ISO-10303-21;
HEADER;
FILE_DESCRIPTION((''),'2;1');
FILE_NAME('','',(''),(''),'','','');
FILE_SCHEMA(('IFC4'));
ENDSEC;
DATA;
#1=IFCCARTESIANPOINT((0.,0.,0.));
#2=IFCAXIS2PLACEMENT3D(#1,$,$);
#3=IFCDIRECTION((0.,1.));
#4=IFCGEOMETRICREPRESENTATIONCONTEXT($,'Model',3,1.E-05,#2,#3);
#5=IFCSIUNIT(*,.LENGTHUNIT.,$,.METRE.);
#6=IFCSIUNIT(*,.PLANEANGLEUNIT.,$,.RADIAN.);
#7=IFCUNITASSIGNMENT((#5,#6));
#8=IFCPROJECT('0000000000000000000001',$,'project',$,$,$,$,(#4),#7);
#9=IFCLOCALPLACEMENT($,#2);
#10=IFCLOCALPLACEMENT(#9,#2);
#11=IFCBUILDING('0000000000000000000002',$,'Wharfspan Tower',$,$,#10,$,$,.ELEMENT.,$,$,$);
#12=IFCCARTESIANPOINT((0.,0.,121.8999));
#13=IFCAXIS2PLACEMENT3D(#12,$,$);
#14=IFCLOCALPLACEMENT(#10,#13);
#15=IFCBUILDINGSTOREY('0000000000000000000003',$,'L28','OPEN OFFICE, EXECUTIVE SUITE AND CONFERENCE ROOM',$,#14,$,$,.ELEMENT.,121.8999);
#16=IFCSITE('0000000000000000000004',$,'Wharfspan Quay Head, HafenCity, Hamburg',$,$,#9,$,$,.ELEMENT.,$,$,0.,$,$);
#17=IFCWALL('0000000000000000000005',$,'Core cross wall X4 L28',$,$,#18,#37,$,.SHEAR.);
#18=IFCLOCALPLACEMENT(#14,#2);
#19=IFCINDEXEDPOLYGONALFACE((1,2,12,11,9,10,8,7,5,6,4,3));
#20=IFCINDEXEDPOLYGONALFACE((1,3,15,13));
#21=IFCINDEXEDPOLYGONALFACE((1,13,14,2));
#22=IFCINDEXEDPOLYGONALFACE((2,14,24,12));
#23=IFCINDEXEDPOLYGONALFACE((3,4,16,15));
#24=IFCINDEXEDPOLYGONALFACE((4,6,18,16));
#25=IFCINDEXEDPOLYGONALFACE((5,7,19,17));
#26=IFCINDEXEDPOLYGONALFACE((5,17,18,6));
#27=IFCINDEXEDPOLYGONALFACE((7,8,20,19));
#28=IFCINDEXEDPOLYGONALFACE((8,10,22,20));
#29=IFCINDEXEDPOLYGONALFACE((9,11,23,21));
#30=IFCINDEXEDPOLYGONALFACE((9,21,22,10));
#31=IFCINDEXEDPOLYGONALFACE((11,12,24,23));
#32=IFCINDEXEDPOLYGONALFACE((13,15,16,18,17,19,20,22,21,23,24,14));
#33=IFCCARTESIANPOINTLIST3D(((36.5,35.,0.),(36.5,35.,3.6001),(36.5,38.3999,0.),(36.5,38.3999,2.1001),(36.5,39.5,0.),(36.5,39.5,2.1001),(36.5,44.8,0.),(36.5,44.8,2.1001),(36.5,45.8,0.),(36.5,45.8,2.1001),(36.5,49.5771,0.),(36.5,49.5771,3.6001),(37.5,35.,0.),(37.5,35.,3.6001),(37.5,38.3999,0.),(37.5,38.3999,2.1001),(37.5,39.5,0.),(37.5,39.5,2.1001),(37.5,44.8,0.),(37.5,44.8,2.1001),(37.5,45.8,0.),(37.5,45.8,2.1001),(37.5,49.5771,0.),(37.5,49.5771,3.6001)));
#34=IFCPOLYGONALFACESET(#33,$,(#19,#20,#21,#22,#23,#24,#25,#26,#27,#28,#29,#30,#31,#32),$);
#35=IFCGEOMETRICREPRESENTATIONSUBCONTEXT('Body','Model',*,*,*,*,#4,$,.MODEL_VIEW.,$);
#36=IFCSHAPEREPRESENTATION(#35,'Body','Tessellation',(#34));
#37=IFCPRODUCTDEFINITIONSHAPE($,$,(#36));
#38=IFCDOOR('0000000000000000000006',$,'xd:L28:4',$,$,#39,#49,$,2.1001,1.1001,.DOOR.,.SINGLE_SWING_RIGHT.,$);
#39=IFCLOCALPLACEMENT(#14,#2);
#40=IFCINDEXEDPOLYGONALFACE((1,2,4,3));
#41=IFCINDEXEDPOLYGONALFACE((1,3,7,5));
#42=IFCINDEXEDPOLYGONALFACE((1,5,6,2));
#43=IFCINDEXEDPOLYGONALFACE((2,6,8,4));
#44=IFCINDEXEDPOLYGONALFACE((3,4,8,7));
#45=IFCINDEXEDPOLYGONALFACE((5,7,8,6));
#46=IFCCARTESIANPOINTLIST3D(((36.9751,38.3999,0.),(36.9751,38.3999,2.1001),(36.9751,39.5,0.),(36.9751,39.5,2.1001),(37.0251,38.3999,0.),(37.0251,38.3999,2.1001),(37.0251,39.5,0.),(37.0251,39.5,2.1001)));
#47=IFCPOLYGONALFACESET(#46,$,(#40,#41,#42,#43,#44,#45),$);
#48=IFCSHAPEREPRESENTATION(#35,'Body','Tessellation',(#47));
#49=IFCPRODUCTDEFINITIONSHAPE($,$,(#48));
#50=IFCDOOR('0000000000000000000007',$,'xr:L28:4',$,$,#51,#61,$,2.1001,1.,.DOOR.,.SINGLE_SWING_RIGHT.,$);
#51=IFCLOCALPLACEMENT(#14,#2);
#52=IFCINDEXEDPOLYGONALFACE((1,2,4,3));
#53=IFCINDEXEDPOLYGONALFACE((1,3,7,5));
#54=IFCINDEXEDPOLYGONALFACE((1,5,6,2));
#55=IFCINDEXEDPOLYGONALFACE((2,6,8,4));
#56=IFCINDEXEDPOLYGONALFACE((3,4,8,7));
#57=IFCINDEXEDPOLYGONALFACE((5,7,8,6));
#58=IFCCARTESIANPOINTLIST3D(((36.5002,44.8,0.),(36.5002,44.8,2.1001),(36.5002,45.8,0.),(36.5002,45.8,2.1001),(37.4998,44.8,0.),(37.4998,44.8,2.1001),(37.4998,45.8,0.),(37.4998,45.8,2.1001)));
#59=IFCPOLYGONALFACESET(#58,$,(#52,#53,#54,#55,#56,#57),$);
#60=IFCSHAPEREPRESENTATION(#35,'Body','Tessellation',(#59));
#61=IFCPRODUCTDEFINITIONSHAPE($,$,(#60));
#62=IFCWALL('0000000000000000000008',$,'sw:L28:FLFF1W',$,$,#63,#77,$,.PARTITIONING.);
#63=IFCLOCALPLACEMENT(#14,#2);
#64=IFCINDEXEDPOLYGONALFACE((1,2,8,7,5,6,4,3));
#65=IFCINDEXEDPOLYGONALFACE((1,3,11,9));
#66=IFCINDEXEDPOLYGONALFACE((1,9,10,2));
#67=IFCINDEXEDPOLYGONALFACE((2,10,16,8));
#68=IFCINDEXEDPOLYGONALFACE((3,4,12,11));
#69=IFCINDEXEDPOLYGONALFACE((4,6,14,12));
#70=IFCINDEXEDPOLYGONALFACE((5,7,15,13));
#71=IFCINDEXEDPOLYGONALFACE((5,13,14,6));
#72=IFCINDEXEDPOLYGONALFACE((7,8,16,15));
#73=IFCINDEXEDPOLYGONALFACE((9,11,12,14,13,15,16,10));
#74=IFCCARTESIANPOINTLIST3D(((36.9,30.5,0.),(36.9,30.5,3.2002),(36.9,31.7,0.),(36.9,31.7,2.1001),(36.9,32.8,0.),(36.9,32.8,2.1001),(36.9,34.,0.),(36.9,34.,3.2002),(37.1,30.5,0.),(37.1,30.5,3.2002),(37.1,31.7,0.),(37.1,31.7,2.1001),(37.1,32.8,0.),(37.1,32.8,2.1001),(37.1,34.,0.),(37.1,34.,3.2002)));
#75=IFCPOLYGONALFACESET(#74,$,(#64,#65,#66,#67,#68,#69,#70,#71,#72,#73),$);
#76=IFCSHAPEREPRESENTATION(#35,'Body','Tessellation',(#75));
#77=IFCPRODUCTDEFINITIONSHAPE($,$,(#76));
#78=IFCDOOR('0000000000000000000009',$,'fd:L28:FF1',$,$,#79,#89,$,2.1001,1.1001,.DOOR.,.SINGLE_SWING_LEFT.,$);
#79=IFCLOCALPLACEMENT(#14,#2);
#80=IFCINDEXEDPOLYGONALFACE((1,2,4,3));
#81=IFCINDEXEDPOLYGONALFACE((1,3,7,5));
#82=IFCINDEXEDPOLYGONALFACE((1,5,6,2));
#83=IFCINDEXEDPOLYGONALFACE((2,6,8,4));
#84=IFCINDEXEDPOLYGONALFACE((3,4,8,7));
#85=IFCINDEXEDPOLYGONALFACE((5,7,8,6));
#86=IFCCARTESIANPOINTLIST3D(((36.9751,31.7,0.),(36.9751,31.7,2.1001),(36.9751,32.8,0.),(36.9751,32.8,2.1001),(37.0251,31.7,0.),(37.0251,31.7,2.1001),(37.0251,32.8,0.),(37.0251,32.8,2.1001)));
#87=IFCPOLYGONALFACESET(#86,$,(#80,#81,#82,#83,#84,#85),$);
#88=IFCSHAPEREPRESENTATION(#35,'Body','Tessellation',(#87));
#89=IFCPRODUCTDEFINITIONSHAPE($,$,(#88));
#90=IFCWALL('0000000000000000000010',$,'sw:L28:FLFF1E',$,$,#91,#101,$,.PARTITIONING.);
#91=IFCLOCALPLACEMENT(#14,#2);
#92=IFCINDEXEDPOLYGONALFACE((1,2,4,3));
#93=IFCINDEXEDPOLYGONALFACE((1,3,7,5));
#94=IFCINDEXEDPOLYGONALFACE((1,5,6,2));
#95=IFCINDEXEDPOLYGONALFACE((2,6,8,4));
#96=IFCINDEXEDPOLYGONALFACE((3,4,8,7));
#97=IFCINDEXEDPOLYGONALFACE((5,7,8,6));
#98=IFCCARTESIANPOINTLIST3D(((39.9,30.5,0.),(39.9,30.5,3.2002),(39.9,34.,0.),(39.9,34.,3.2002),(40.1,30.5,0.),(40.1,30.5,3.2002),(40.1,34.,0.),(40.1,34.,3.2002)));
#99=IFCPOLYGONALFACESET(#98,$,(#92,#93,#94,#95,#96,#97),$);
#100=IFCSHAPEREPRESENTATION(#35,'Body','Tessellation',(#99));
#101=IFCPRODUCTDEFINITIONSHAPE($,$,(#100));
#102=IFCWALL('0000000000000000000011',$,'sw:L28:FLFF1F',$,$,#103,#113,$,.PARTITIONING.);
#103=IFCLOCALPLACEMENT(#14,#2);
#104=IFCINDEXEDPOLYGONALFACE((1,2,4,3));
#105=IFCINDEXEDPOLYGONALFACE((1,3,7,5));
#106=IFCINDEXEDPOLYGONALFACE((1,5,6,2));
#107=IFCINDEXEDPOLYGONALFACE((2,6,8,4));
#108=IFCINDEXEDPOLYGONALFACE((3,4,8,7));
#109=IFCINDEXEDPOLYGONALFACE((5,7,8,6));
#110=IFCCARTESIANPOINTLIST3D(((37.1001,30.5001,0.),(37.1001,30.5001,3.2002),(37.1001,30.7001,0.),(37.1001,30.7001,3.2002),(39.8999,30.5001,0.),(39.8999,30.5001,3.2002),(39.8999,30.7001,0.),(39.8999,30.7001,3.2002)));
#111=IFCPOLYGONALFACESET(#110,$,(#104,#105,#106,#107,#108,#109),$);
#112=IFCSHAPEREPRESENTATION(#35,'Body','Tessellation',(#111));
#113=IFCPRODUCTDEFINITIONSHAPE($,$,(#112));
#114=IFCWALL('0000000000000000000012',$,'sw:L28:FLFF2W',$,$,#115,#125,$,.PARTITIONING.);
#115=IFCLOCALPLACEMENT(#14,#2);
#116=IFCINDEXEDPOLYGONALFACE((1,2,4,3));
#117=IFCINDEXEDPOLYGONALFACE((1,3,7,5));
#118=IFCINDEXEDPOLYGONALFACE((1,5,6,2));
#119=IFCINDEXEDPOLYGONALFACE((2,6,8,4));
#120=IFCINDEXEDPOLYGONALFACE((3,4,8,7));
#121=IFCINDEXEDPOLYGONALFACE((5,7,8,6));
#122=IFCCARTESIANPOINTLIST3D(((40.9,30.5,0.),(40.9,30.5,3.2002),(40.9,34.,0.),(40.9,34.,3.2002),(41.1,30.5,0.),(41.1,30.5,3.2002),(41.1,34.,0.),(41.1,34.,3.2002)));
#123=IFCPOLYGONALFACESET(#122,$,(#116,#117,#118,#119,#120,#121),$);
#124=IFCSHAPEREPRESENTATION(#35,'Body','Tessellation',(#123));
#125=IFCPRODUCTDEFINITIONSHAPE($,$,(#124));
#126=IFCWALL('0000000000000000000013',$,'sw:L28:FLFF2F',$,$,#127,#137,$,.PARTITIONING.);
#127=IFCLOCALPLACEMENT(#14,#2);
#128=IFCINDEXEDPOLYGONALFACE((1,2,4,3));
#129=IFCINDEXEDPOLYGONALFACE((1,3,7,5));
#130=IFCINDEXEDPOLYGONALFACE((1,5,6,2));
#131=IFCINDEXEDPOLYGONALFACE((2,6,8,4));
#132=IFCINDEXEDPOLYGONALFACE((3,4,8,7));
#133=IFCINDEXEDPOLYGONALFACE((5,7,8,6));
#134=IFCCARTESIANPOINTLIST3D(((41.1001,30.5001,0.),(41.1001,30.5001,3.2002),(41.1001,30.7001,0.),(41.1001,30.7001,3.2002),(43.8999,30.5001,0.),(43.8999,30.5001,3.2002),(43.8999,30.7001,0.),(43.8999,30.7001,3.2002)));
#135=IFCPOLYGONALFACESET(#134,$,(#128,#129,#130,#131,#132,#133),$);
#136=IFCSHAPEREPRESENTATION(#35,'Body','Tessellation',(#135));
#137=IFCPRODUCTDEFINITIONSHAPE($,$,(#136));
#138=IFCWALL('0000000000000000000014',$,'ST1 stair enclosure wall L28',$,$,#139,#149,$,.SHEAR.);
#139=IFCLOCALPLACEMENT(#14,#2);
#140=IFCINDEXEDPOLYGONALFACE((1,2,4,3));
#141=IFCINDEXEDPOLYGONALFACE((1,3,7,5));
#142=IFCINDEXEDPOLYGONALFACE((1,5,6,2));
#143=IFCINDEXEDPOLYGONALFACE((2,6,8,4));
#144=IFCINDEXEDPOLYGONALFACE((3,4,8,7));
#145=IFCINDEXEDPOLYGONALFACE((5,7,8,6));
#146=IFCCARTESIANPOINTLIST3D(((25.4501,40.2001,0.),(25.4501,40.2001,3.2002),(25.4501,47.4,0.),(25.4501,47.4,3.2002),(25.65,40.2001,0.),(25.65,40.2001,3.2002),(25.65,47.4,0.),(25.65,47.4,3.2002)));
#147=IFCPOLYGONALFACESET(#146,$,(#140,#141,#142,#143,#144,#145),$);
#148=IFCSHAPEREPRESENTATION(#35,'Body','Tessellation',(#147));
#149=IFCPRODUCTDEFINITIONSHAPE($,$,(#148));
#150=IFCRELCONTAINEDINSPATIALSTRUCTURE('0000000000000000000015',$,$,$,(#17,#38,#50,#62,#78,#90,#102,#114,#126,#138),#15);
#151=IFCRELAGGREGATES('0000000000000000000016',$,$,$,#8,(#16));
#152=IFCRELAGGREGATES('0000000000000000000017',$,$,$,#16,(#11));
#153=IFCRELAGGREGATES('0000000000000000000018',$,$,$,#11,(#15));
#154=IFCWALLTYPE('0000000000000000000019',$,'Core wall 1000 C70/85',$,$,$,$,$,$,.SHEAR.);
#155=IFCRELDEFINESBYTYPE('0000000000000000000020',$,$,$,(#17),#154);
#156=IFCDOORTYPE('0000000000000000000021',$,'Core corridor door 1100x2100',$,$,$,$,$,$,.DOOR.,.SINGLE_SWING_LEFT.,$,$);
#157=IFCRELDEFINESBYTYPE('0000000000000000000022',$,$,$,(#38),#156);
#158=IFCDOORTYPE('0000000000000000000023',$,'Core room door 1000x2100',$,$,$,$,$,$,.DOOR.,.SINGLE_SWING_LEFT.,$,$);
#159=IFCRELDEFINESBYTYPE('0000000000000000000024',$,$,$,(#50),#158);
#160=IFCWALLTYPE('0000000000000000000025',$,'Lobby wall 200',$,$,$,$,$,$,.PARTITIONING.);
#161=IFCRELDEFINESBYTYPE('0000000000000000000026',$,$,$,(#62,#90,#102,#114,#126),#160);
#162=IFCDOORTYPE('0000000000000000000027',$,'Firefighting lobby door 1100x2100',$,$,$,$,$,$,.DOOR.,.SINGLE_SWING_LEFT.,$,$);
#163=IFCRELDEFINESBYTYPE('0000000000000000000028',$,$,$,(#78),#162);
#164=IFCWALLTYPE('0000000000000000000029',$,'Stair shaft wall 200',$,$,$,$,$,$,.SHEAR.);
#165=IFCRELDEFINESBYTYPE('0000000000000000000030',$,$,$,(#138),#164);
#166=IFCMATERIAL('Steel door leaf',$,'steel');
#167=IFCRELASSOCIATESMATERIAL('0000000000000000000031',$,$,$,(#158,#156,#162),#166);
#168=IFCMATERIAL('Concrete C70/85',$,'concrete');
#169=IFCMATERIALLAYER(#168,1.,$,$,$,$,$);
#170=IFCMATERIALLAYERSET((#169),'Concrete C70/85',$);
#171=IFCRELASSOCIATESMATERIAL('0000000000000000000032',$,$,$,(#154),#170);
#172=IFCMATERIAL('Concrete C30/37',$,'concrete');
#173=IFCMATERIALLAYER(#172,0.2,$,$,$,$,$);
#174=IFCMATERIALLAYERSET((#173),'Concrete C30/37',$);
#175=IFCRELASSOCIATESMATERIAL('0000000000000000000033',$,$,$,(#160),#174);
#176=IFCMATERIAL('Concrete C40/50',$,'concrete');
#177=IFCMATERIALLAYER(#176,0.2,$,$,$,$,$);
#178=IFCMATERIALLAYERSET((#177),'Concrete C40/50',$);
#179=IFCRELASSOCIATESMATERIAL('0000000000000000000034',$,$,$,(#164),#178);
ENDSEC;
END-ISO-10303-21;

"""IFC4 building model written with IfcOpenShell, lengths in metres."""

from ifc_helpers import new_model, si_unit, direction, frame, frame_2d, origin, place, context, subcontext, project, spatial, rectangle, extrude, material, layer, layer_set, type_object, element, fill, save


model = new_model("IFC4")

# Units and contexts
model_context = context("Model", 3, precision=1e-05, world=origin(), true_north=direction((0.0, 1.0)))
body_context = subcontext(model_context, "Body", "Model", "MODEL_VIEW")
ifc_project = project(units=[si_unit("LENGTHUNIT", "METRE"), si_unit("PLANEANGLEUNIT", "RADIAN")], contexts=[model_context])

# Site, building, storey
site_placement = place(None, origin())
site = spatial("IfcSite", under=ifc_project, at=site_placement, Name="Wharfspan Quay Head, HafenCity, Hamburg", CompositionType="ELEMENT", RefElevation=0.0)
building_placement = place(site_placement, origin())
building = spatial("IfcBuilding", under=site, at=building_placement, Name="Wharfspan Tower", CompositionType="ELEMENT")
storey_placement = place(building_placement, frame((0.0, 0.0, 121.8999)))
storey = spatial("IfcBuildingStorey", under=building, at=storey_placement, Name="L28", Description="OPEN OFFICE, EXECUTIVE SUITE AND CONFERENCE ROOM", CompositionType="ELEMENT", Elevation=121.8999)

# Shared definitions
ifc_material_1 = material(Name="Steel door leaf", Category="steel")
door_type_1 = type_object("IfcDoorType", Name="Core room door 1000x2100", OperationType="SINGLE_SWING_LEFT", PredefinedType="DOOR", material=ifc_material_1)
ifc_material_2 = material(Name="Concrete C70/85", Category="concrete")
ifc_layer_1 = layer(ifc_material_2, 1.0)
ifc_layer_set_1 = layer_set([ifc_layer_1], Name="Concrete C70/85")
wall_type_1 = type_object("IfcWallType", Name="Core wall 1000 C70/85", PredefinedType="SHEAR", material=ifc_layer_set_1)
door_type_2 = type_object("IfcDoorType", Name="Core corridor door 1100x2100", OperationType="SINGLE_SWING_LEFT", PredefinedType="DOOR", material=ifc_material_1)

# Wall, openings, doors
wall_1_placement = place(storey_placement, frame((37.0, 35.0, 0.0), z_axis=(0.0, 0.0, 1.0), x_axis=(0.0, 1.0, 0.0)))
wall_1 = element("IfcWall", 1, at=wall_1_placement, inside=storey, type_object=wall_type_1, Name="Core cross wall X4 L28", PredefinedType="SHEAR", context=body_context, shape_type="SweptSolid", body=[
    extrude(rectangle(XDim=14.5771, YDim=1.0, at=frame_2d((7.2886, 0.0))), origin(), (0.0, 0.0, 1.0), 3.6001),
])
opening_1_placement = place(wall_1_placement, frame((3.3999, 0.0, 0.0)))
opening_1 = element("IfcOpeningElement", 2, at=opening_1_placement, cuts=wall_1, PredefinedType="OPENING", context=body_context, shape_type="SweptSolid", body=[
    extrude(rectangle(XDim=1.1001, YDim=2.1001, at=frame_2d((0.55, 1.05))), frame((0.0, 0.51, 0.0), z_axis=(0.0, -1.0, 0.0), x_axis=(1.0, 0.0, 0.0)), (0.0, 0.0, 1.0), 1.02),
])
opening_2_placement = place(wall_1_placement, frame((9.8, 0.0, 0.0)))
opening_2 = element("IfcOpeningElement", 3, at=opening_2_placement, cuts=wall_1, PredefinedType="OPENING", context=body_context, shape_type="SweptSolid", body=[
    extrude(rectangle(XDim=1.0, YDim=2.1001, at=frame_2d((0.5, 1.05))), frame((0.0, 0.51, 0.0), z_axis=(0.0, -1.0, 0.0), x_axis=(1.0, 0.0, 0.0)), (0.0, 0.0, 1.0), 1.02),
])
door_1_placement = place(opening_1_placement, origin())
door_1 = element("IfcDoor", 4, at=door_1_placement, inside=storey, type_object=door_type_2, Name="xd:L28:4", OperationType="SINGLE_SWING_RIGHT", OverallHeight=2.1001, OverallWidth=1.1001, PredefinedType="DOOR", context=body_context, shape_type="SweptSolid", body=[
    extrude(rectangle(XDim=1.1001, YDim=2.1001, at=frame_2d((0.55, 1.05))), frame((0.0, 0.0249, 0.0), z_axis=(0.0, -1.0, 0.0), x_axis=(1.0, 0.0, 0.0)), (0.0, 0.0, 1.0), 0.05),
])
fill(opening_1, door_1)
door_2_placement = place(opening_2_placement, origin())
door_2 = element("IfcDoor", 5, at=door_2_placement, inside=storey, type_object=door_type_1, Name="xr:L28:4", OperationType="SINGLE_SWING_RIGHT", OverallHeight=2.1001, OverallWidth=1.0, PredefinedType="DOOR", context=body_context, shape_type="SweptSolid", body=[
    extrude(rectangle(XDim=1.0, YDim=2.1001, at=frame_2d((0.5, 1.05))), frame((0.0, 0.4998, 0.0), z_axis=(0.0, -1.0, 0.0), x_axis=(1.0, 0.0, 0.0)), (0.0, 0.0, 1.0), 0.9995),
])
fill(opening_2, door_2)

# Wall, opening, door
ifc_material_3 = material(Name="Concrete C30/37", Category="concrete")
ifc_layer_2 = layer(ifc_material_3, 0.2)
ifc_layer_set_2 = layer_set([ifc_layer_2], Name="Concrete C30/37")
wall_type_2 = type_object("IfcWallType", Name="Lobby wall 200", PredefinedType="PARTITIONING", material=ifc_layer_set_2)
wall_2_placement = place(storey_placement, frame((37.0, 30.5, 0.0), z_axis=(0.0, 0.0, 1.0), x_axis=(0.0, 1.0, 0.0)))
wall_2 = element("IfcWall", 6, at=wall_2_placement, inside=storey, type_object=wall_type_2, Name="sw:L28:FLFF1W", PredefinedType="PARTITIONING", context=body_context, shape_type="SweptSolid", body=[
    extrude(rectangle(XDim=3.5, YDim=0.2, at=frame_2d((1.75, 0.0))), origin(), (0.0, 0.0, 1.0), 3.2002),
])
opening_3_placement = place(wall_2_placement, frame((1.2, 0.0, 0.0)))
opening_3 = element("IfcOpeningElement", 7, at=opening_3_placement, cuts=wall_2, PredefinedType="OPENING", context=body_context, shape_type="SweptSolid", body=[
    extrude(rectangle(XDim=1.1001, YDim=2.1001, at=frame_2d((0.55, 1.05))), frame((0.0, 0.1099, 0.0), z_axis=(0.0, -1.0, 0.0), x_axis=(1.0, 0.0, 0.0)), (0.0, 0.0, 1.0), 0.22),
])
door_type_3 = type_object("IfcDoorType", Name="Firefighting lobby door 1100x2100", OperationType="SINGLE_SWING_LEFT", PredefinedType="DOOR", material=ifc_material_1)
door_3_placement = place(opening_3_placement, origin())
door_3 = element("IfcDoor", 8, at=door_3_placement, inside=storey, type_object=door_type_3, Name="fd:L28:FF1", OperationType="SINGLE_SWING_LEFT", OverallHeight=2.1001, OverallWidth=1.1001, PredefinedType="DOOR", context=body_context, shape_type="SweptSolid", body=[
    extrude(rectangle(XDim=1.1001, YDim=2.1001, at=frame_2d((0.55, 1.05))), frame((0.0, 0.0249, 0.0), z_axis=(0.0, -1.0, 0.0), x_axis=(1.0, 0.0, 0.0)), (0.0, 0.0, 1.0), 0.05),
])
fill(opening_3, door_3)

# Walls
wall_3_placement = place(storey_placement, frame((40.0, 30.5, 0.0), z_axis=(0.0, 0.0, 1.0), x_axis=(0.0, 1.0, 0.0)))
element("IfcWall", 9, at=wall_3_placement, inside=storey, type_object=wall_type_2, Name="sw:L28:FLFF1E", PredefinedType="PARTITIONING", context=body_context, shape_type="SweptSolid", body=[
    extrude(rectangle(XDim=3.5, YDim=0.2, at=frame_2d((1.75, 0.0))), origin(), (0.0, 0.0, 1.0), 3.2002),
])
wall_4_placement = place(storey_placement, frame((37.1001, 30.6001, 0.0), z_axis=(0.0, 0.0, 1.0), x_axis=(1.0, 0.0, 0.0)))
element("IfcWall", 10, at=wall_4_placement, inside=storey, type_object=wall_type_2, Name="sw:L28:FLFF1F", PredefinedType="PARTITIONING", context=body_context, shape_type="SweptSolid", body=[
    extrude(rectangle(XDim=2.7998, YDim=0.2, at=frame_2d((1.3999, 0.0))), origin(), (0.0, 0.0, 1.0), 3.2002),
])
wall_5_placement = place(storey_placement, frame((41.0, 30.5, 0.0), z_axis=(0.0, 0.0, 1.0), x_axis=(0.0, 1.0, 0.0)))
element("IfcWall", 11, at=wall_5_placement, inside=storey, type_object=wall_type_2, Name="sw:L28:FLFF2W", PredefinedType="PARTITIONING", context=body_context, shape_type="SweptSolid", body=[
    extrude(rectangle(XDim=3.5, YDim=0.2, at=frame_2d((1.75, 0.0))), origin(), (0.0, 0.0, 1.0), 3.2002),
])
wall_6_placement = place(storey_placement, frame((41.1001, 30.6001, 0.0), z_axis=(0.0, 0.0, 1.0), x_axis=(1.0, 0.0, 0.0)))
element("IfcWall", 12, at=wall_6_placement, inside=storey, type_object=wall_type_2, Name="sw:L28:FLFF2F", PredefinedType="PARTITIONING", context=body_context, shape_type="SweptSolid", body=[
    extrude(rectangle(XDim=2.7998, YDim=0.2, at=frame_2d((1.3999, 0.0))), origin(), (0.0, 0.0, 1.0), 3.2002),
])
ifc_material_4 = material(Name="Concrete C40/50", Category="concrete")
ifc_layer_3 = layer(ifc_material_4, 0.2)
ifc_layer_set_3 = layer_set([ifc_layer_3], Name="Concrete C40/50")
wall_type_3 = type_object("IfcWallType", Name="Stair shaft wall 200", PredefinedType="SHEAR", material=ifc_layer_set_3)
wall_7_placement = place(storey_placement, frame((25.55, 40.2, 0.0), z_axis=(0.0, 0.0, 1.0), x_axis=(0.0, 1.0, 0.0)))
element("IfcWall", 13, at=wall_7_placement, inside=storey, type_object=wall_type_3, Name="ST1 stair enclosure wall L28", PredefinedType="SHEAR", context=body_context, shape_type="SweptSolid", body=[
    extrude(rectangle(XDim=7.2, YDim=0.2, at=frame_2d((3.6001, 0.0))), origin(), (0.0, 0.0, 1.0), 3.2002),
])

save(model, "model.ifc")
